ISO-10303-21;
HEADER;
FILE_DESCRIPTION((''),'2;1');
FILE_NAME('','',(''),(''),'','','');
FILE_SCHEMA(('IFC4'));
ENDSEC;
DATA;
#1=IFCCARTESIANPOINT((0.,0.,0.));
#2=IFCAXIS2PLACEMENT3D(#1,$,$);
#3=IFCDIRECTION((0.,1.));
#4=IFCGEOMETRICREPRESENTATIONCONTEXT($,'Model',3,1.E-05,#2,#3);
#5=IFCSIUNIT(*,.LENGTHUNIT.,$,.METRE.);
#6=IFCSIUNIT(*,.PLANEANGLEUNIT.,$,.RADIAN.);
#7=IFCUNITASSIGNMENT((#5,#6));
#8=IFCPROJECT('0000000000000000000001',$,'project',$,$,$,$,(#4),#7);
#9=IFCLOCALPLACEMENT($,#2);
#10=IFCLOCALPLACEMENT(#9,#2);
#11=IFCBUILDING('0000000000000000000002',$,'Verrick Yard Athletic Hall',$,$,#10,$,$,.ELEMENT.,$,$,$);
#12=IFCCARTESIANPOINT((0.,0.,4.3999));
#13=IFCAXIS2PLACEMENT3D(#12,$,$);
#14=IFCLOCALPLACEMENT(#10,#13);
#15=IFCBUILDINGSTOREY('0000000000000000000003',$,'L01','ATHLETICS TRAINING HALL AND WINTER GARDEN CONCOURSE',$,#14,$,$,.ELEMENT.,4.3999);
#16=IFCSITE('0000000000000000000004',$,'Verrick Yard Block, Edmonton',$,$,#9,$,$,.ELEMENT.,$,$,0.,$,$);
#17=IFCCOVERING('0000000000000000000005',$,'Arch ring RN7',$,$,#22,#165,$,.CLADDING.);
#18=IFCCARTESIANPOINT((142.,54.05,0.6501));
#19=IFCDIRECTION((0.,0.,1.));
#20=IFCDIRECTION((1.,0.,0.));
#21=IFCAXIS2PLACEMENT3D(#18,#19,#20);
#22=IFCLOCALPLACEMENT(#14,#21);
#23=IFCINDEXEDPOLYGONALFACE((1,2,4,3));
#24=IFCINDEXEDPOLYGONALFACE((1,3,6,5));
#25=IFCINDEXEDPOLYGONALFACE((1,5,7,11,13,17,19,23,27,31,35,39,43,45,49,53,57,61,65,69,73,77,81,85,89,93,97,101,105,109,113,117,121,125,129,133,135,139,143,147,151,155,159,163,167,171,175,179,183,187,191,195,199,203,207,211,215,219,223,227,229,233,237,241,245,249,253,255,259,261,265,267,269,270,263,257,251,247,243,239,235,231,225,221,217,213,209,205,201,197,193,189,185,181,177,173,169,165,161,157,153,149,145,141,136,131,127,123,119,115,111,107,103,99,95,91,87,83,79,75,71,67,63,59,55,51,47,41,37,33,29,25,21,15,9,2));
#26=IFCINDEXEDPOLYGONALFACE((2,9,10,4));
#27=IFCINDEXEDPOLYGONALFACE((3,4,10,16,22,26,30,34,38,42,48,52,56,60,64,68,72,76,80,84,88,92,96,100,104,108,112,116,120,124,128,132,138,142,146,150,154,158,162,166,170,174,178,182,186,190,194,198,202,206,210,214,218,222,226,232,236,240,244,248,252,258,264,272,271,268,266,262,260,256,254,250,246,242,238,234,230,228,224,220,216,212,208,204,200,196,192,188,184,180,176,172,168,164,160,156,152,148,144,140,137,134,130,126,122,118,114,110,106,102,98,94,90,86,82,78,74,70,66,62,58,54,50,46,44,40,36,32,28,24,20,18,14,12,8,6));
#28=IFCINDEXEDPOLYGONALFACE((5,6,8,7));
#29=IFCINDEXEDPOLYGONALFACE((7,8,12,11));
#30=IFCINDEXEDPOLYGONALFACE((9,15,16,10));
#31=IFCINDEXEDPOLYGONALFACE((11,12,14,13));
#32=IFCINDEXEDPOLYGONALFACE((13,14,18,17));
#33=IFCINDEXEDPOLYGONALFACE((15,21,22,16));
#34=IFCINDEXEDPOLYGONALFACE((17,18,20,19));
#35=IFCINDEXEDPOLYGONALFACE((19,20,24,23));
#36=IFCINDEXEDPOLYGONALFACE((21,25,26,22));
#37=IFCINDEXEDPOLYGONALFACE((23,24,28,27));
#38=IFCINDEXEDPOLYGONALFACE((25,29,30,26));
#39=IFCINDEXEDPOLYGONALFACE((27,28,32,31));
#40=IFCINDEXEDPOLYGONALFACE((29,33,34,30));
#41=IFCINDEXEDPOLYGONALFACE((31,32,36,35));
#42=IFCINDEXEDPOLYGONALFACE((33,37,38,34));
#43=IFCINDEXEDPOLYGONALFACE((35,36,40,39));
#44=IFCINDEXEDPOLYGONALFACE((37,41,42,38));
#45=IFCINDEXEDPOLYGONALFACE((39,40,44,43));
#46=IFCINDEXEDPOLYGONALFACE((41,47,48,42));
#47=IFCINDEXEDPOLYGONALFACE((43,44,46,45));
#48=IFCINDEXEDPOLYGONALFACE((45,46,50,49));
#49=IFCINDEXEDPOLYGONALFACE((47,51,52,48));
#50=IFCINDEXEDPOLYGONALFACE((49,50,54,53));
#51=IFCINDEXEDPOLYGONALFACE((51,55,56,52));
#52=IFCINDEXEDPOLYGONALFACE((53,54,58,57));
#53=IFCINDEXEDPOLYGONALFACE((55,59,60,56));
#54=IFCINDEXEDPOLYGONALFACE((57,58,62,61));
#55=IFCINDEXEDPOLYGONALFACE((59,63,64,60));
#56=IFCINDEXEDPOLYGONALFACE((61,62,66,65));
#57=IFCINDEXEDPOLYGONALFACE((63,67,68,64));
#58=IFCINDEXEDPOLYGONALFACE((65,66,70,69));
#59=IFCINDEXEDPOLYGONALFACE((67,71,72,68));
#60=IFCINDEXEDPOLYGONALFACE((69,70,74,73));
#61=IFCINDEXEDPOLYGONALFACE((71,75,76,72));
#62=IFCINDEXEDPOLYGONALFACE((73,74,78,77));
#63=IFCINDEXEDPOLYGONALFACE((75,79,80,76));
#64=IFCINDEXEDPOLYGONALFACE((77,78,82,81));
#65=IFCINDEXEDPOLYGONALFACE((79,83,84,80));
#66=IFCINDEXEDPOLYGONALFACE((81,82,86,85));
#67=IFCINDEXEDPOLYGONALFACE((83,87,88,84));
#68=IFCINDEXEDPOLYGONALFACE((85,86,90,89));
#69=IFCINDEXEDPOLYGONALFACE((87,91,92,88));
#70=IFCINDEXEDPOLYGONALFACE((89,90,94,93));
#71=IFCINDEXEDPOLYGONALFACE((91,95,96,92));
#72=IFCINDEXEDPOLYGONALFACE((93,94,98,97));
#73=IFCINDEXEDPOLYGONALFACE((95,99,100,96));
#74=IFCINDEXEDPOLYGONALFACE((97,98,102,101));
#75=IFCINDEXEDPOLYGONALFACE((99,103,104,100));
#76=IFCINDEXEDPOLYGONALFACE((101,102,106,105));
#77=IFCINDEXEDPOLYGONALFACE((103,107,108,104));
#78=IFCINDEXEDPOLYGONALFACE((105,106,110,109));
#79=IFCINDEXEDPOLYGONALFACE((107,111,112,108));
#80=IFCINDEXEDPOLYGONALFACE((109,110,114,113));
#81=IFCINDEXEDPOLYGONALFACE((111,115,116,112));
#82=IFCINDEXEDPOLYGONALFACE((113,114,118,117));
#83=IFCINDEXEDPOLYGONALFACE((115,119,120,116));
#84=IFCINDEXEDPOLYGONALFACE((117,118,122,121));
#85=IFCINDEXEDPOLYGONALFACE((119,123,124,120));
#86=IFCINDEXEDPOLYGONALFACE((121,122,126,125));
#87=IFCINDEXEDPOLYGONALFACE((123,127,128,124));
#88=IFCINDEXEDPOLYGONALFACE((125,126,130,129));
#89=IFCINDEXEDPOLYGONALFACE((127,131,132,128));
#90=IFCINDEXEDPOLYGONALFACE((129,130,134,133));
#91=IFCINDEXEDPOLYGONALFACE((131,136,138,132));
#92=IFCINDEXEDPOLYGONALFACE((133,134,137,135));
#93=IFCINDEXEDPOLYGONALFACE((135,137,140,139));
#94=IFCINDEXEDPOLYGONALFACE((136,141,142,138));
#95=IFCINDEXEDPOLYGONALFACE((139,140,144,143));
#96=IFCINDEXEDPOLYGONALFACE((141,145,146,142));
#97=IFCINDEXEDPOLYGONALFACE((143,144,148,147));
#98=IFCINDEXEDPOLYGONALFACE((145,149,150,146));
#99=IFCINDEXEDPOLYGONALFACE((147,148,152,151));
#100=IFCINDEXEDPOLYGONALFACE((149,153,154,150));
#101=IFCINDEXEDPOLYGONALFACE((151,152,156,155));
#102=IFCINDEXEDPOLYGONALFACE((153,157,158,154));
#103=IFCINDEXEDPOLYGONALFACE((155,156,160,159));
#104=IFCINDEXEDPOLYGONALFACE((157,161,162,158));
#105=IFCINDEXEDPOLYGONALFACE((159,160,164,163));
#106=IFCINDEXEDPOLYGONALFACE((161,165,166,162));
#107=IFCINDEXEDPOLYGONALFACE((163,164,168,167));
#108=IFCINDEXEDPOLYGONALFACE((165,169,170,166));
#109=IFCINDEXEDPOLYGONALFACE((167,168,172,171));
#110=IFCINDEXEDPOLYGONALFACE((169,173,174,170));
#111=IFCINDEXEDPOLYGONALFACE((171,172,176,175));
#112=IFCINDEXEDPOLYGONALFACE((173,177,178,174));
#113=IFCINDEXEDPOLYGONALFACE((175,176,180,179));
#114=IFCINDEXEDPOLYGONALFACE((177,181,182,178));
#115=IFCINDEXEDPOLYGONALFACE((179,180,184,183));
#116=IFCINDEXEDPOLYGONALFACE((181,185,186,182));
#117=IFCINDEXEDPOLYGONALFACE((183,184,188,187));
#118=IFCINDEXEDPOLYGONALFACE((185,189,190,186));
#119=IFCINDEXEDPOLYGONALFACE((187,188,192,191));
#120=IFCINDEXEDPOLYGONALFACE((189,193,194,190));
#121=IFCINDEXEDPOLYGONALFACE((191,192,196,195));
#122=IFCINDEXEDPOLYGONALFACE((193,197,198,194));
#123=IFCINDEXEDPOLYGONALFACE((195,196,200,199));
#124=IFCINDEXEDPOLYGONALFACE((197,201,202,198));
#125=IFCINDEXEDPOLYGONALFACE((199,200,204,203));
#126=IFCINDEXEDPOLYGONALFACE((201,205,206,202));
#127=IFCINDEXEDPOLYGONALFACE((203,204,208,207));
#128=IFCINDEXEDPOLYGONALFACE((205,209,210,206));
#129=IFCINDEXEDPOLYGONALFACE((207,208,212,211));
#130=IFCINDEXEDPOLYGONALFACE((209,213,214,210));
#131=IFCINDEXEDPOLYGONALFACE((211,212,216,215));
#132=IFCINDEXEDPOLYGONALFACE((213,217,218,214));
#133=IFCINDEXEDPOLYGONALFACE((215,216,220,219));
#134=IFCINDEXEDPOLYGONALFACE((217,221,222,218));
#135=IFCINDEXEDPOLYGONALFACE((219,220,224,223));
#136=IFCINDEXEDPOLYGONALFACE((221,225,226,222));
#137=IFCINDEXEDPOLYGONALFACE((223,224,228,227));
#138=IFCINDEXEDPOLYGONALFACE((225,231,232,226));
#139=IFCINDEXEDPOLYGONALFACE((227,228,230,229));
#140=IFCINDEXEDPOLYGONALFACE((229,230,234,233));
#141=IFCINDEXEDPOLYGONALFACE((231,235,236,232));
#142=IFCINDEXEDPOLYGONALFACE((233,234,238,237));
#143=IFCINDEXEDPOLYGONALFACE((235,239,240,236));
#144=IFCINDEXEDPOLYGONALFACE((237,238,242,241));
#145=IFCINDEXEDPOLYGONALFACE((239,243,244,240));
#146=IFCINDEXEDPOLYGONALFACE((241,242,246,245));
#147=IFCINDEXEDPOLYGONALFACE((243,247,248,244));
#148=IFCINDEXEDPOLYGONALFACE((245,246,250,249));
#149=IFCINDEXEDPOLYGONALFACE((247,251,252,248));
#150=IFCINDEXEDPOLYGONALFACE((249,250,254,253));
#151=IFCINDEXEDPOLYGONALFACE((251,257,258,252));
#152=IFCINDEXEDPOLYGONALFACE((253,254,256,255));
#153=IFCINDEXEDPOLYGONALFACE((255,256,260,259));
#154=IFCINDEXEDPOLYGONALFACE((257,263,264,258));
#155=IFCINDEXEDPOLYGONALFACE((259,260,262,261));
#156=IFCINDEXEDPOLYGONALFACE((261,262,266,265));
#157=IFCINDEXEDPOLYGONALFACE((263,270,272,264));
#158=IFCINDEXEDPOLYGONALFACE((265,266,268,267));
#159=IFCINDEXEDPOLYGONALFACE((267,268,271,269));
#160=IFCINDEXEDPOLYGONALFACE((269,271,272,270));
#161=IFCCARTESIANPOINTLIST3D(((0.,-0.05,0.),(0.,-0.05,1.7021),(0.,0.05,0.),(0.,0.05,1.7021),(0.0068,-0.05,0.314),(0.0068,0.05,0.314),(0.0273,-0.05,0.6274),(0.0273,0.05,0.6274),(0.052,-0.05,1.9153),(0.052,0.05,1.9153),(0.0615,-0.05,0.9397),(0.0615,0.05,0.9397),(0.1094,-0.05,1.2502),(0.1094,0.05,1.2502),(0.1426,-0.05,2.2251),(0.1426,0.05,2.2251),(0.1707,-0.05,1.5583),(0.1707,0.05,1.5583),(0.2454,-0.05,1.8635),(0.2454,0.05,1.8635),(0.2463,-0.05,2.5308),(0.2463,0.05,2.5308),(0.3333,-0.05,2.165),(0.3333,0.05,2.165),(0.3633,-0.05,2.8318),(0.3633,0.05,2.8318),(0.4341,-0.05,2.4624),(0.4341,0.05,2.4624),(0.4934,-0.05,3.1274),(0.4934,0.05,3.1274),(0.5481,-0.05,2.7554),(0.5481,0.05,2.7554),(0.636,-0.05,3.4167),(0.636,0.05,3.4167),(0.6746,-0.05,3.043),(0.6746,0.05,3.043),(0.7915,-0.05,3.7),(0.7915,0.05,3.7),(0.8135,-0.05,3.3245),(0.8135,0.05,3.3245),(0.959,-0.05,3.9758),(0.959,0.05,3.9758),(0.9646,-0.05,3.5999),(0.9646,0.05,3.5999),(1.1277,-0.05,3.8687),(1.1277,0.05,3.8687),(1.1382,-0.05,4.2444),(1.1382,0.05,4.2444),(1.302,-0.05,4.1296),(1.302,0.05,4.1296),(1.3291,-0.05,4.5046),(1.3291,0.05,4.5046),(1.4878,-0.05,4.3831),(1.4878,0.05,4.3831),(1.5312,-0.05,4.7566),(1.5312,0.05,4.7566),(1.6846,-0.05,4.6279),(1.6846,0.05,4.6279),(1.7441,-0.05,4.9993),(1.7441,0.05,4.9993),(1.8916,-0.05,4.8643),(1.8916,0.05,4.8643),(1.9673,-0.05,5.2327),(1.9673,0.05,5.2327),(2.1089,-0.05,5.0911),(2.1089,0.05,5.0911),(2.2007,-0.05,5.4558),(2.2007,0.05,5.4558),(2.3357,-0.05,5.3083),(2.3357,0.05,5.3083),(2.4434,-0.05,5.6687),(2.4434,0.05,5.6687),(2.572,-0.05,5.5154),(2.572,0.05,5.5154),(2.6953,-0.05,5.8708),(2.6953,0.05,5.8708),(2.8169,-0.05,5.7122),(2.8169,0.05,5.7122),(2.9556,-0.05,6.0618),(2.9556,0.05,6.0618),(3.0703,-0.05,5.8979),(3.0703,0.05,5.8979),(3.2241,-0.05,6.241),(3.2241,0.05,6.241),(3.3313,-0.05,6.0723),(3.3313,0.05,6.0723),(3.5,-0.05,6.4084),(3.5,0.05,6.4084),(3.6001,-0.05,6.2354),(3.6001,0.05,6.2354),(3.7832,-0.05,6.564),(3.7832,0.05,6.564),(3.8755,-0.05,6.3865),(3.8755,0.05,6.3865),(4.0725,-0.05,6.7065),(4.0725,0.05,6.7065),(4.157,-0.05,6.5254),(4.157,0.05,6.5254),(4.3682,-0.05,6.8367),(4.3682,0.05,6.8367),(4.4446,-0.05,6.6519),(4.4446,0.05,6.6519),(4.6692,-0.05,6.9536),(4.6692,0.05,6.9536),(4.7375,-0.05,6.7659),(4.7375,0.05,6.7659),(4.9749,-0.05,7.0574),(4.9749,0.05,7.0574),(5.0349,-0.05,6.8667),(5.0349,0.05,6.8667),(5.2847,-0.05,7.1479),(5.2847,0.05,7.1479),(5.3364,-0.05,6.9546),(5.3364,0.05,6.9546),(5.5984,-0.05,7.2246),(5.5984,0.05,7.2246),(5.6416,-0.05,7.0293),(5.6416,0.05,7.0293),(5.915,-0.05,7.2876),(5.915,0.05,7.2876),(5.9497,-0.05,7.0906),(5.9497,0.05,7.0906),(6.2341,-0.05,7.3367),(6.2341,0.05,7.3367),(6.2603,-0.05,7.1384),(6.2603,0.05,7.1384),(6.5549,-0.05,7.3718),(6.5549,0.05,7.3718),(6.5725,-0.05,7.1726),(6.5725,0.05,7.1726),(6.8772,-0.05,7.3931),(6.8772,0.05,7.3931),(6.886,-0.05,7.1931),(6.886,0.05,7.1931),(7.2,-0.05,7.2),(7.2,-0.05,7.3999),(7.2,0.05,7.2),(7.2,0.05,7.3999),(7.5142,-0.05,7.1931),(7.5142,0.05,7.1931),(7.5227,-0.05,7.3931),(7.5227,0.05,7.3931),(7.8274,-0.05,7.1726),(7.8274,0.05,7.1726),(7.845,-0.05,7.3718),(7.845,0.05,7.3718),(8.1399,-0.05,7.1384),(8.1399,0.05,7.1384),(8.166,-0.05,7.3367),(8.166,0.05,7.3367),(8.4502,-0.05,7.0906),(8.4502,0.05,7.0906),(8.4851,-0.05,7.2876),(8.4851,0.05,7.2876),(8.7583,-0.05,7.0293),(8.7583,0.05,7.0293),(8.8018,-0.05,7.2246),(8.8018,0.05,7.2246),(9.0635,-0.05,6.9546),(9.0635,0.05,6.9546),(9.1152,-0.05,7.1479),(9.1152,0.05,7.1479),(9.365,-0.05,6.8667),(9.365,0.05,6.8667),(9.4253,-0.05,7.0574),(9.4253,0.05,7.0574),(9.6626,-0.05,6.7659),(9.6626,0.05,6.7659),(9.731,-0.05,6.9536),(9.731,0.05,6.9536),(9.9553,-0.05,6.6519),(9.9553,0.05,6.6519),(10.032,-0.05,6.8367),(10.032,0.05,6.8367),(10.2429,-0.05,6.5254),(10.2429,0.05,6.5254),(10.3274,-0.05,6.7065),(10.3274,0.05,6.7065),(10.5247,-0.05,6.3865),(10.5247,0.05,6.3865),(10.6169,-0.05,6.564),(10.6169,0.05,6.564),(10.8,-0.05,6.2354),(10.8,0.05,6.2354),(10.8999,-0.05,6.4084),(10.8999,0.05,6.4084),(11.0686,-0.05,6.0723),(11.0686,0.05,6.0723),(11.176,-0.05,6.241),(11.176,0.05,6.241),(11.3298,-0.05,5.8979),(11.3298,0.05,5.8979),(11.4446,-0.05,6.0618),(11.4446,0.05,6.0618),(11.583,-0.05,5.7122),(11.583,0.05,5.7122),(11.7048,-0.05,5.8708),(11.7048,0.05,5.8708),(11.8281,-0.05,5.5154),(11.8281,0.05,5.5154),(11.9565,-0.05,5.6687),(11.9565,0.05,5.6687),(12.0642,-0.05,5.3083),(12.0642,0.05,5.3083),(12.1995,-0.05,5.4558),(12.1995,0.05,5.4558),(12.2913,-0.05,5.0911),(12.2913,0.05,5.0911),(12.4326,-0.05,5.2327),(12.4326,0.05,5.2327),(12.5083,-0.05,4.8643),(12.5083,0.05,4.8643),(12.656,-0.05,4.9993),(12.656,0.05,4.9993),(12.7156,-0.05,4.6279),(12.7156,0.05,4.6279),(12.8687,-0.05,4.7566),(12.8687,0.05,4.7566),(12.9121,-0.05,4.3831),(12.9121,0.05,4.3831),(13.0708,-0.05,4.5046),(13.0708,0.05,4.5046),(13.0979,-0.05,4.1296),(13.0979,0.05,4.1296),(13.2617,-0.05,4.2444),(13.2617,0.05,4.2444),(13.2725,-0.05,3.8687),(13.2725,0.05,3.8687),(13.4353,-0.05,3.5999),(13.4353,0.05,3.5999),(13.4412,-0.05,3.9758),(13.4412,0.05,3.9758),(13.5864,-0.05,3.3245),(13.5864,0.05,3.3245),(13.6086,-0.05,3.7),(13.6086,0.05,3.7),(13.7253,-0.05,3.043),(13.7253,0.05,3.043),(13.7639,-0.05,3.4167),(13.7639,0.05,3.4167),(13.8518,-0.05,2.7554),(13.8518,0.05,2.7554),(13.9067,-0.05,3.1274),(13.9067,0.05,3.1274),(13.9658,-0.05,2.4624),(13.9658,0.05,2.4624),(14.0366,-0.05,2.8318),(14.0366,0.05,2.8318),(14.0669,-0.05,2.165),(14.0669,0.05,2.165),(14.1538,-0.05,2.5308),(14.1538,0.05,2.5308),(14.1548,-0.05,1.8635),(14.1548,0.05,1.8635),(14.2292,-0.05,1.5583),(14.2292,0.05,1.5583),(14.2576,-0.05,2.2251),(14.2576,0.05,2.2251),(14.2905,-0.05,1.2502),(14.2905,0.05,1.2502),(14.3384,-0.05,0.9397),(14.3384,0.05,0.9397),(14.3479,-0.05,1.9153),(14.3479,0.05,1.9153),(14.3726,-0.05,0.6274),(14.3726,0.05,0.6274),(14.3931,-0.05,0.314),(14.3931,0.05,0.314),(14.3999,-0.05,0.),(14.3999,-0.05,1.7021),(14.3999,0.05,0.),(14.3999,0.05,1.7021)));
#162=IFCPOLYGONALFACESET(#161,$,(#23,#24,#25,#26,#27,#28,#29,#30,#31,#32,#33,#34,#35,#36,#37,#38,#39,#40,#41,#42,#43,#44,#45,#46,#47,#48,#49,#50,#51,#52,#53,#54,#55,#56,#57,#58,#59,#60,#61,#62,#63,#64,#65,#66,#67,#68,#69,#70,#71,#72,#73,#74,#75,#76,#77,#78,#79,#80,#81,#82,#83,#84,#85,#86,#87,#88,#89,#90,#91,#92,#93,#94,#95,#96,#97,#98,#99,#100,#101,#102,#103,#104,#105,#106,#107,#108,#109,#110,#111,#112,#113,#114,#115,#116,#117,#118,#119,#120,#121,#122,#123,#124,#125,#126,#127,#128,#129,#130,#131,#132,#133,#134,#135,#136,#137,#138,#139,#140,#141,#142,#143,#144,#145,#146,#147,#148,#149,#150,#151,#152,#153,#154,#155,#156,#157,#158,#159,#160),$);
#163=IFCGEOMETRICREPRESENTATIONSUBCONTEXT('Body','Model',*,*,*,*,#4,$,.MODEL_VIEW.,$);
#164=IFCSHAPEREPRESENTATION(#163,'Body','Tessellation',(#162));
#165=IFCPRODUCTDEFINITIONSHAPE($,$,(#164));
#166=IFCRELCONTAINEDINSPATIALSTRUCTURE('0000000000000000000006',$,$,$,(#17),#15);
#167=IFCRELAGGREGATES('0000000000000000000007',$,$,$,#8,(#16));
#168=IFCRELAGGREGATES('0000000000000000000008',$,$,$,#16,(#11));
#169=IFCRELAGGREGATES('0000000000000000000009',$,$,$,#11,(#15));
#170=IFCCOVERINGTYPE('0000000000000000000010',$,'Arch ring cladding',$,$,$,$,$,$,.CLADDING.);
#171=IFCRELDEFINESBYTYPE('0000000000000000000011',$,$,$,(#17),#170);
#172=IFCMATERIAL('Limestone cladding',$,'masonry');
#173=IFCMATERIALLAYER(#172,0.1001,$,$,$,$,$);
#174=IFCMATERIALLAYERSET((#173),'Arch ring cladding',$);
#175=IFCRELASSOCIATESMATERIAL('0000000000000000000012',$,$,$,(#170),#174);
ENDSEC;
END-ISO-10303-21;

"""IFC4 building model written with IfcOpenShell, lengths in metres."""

from ifc_helpers import new_model, si_unit, direction, frame, origin, place, context, subcontext, project, spatial, polyline, outline, extrude, material, layer, layer_set, type_object, element, save


model = new_model("IFC4")

# Units and contexts
model_context = context("Model", 3, precision=1e-05, world=origin(), true_north=direction((0.0, 1.0)))
body_context = subcontext(model_context, "Body", "Model", "MODEL_VIEW")
ifc_project = project(units=[si_unit("LENGTHUNIT", "METRE"), si_unit("PLANEANGLEUNIT", "RADIAN")], contexts=[model_context])

# Site, building, storey
site_placement = place(None, origin())
site = spatial("IfcSite", under=ifc_project, at=site_placement, Name="Verrick Yard Block, Edmonton", CompositionType="ELEMENT", RefElevation=0.0)
building_placement = place(site_placement, origin())
building = spatial("IfcBuilding", under=site, at=building_placement, Name="Verrick Yard Athletic Hall", CompositionType="ELEMENT")
storey_placement = place(building_placement, frame((0.0, 0.0, 4.3999)))
storey = spatial("IfcBuildingStorey", under=building, at=storey_placement, Name="L01", Description="ATHLETICS TRAINING HALL AND WINTER GARDEN CONCOURSE", CompositionType="ELEMENT", Elevation=4.3999)

# Covering
ifc_material_1 = material(Name="Limestone cladding", Category="masonry")
ifc_layer_1 = layer(ifc_material_1, 0.1001)
ifc_layer_set_1 = layer_set([ifc_layer_1], Name="Arch ring cladding")
covering_type_1 = type_object("IfcCoveringType", Name="Arch ring cladding", PredefinedType="CLADDING", material=ifc_layer_set_1)
covering_1_placement = place(storey_placement, frame((142.0, 54.05, 0.6501), z_axis=(0.0, 0.0, 1.0), x_axis=(1.0, 0.0, 0.0)))
element("IfcCovering", 1, at=covering_1_placement, inside=storey, type_object=covering_type_1, Name="Arch ring RN7", PredefinedType="CLADDING", context=body_context, shape_type="SweptSolid", body=[
    extrude(outline(polyline([(0.0, 1.7021), (0.0, 0.0), (0.0068, 0.314), (0.0273, 0.6274), (0.0615, 0.9397), (0.1094, 1.2502), (0.1707, 1.5583), (0.2454, 1.8635), (0.3333, 2.165), (0.4341, 2.4624), (0.5481, 2.7554), (0.6746, 3.043), (0.8135, 3.3245), (0.9646, 3.5999), (1.1277, 3.8687), (1.302, 4.1296), (1.4878, 4.3831), (1.6846, 4.6279), (1.8916, 4.8643), (2.1089, 5.0911), (2.3357, 5.3083), (2.572, 5.5154), (2.8169, 5.7122), (3.0703, 5.8979), (3.3313, 6.0723), (3.6001, 6.2354), (3.8755, 6.3865), (4.157, 6.5254), (4.4446, 6.6519), (4.7375, 6.7659), (5.0349, 6.8667), (5.3364, 6.9546), (5.6416, 7.0293), (5.9497, 7.0906), (6.2603, 7.1384), (6.5725, 7.1726), (6.886, 7.1931), (7.2, 7.2), (7.5142, 7.1931), (7.8274, 7.1726), (8.1399, 7.1384), (8.4502, 7.0906), (8.7583, 7.0293), (9.0635, 6.9546), (9.365, 6.8667), (9.6626, 6.7659), (9.9553, 6.6519), (10.2429, 6.5254), (10.5247, 6.3865), (10.8, 6.2354), (11.0686, 6.0723), (11.3298, 5.8979), (11.583, 5.7122), (11.8281, 5.5154), (12.0642, 5.3083), (12.2913, 5.0911), (12.5083, 4.8643), (12.7156, 4.6279), (12.9121, 4.3831), (13.0979, 4.1296), (13.2725, 3.8687), (13.4353, 3.5999), (13.5864, 3.3245), (13.7253, 3.043), (13.8518, 2.7554), (13.9658, 2.4624), (14.0669, 2.165), (14.1548, 1.8635), (14.2292, 1.5583), (14.2905, 1.2502), (14.3384, 0.9397), (14.3726, 0.6274), (14.3931, 0.314), (14.3999, 0.0), (14.3999, 1.7021), (14.3479, 1.9153), (14.2576, 2.2251), (14.1538, 2.5308), (14.0366, 2.8318), (13.9067, 3.1274), (13.7639, 3.4167), (13.6086, 3.7), (13.4412, 3.9758), (13.2617, 4.2444), (13.0708, 4.5046), (12.8687, 4.7566), (12.656, 4.9993), (12.4326, 5.2327), (12.1995, 5.4558), (11.9565, 5.6687), (11.7048, 5.8708), (11.4446, 6.0618), (11.176, 6.241), (10.8999, 6.4084), (10.6169, 6.564), (10.3274, 6.7065), (10.032, 6.8367), (9.731, 6.9536), (9.4253, 7.0574), (9.1152, 7.1479), (8.8018, 7.2246), (8.4851, 7.2876), (8.166, 7.3367), (7.845, 7.3718), (7.5227, 7.3931), (7.2, 7.3999), (6.8772, 7.3931), (6.5549, 7.3718), (6.2341, 7.3367), (5.915, 7.2876), (5.5984, 7.2246), (5.2847, 7.1479), (4.9749, 7.0574), (4.6692, 6.9536), (4.3682, 6.8367), (4.0725, 6.7065), (3.7832, 6.564), (3.5, 6.4084), (3.2241, 6.241), (2.9556, 6.0618), (2.6953, 5.8708), (2.4434, 5.6687), (2.2007, 5.4558), (1.9673, 5.2327), (1.7441, 4.9993), (1.5312, 4.7566), (1.3291, 4.5046), (1.1382, 4.2444), (0.959, 3.9758), (0.7915, 3.7), (0.636, 3.4167), (0.4934, 3.1274), (0.3633, 2.8318), (0.2463, 2.5308), (0.1426, 2.2251), (0.052, 1.9153), (0.0, 1.7021)])), frame((0.0, 0.05, 0.0), z_axis=(0.0, -1.0, 0.0), x_axis=(1.0, 0.0, 0.0)), (0.0, 0.0, 1.0), 0.1001),
])

save(model, "model.ifc")
